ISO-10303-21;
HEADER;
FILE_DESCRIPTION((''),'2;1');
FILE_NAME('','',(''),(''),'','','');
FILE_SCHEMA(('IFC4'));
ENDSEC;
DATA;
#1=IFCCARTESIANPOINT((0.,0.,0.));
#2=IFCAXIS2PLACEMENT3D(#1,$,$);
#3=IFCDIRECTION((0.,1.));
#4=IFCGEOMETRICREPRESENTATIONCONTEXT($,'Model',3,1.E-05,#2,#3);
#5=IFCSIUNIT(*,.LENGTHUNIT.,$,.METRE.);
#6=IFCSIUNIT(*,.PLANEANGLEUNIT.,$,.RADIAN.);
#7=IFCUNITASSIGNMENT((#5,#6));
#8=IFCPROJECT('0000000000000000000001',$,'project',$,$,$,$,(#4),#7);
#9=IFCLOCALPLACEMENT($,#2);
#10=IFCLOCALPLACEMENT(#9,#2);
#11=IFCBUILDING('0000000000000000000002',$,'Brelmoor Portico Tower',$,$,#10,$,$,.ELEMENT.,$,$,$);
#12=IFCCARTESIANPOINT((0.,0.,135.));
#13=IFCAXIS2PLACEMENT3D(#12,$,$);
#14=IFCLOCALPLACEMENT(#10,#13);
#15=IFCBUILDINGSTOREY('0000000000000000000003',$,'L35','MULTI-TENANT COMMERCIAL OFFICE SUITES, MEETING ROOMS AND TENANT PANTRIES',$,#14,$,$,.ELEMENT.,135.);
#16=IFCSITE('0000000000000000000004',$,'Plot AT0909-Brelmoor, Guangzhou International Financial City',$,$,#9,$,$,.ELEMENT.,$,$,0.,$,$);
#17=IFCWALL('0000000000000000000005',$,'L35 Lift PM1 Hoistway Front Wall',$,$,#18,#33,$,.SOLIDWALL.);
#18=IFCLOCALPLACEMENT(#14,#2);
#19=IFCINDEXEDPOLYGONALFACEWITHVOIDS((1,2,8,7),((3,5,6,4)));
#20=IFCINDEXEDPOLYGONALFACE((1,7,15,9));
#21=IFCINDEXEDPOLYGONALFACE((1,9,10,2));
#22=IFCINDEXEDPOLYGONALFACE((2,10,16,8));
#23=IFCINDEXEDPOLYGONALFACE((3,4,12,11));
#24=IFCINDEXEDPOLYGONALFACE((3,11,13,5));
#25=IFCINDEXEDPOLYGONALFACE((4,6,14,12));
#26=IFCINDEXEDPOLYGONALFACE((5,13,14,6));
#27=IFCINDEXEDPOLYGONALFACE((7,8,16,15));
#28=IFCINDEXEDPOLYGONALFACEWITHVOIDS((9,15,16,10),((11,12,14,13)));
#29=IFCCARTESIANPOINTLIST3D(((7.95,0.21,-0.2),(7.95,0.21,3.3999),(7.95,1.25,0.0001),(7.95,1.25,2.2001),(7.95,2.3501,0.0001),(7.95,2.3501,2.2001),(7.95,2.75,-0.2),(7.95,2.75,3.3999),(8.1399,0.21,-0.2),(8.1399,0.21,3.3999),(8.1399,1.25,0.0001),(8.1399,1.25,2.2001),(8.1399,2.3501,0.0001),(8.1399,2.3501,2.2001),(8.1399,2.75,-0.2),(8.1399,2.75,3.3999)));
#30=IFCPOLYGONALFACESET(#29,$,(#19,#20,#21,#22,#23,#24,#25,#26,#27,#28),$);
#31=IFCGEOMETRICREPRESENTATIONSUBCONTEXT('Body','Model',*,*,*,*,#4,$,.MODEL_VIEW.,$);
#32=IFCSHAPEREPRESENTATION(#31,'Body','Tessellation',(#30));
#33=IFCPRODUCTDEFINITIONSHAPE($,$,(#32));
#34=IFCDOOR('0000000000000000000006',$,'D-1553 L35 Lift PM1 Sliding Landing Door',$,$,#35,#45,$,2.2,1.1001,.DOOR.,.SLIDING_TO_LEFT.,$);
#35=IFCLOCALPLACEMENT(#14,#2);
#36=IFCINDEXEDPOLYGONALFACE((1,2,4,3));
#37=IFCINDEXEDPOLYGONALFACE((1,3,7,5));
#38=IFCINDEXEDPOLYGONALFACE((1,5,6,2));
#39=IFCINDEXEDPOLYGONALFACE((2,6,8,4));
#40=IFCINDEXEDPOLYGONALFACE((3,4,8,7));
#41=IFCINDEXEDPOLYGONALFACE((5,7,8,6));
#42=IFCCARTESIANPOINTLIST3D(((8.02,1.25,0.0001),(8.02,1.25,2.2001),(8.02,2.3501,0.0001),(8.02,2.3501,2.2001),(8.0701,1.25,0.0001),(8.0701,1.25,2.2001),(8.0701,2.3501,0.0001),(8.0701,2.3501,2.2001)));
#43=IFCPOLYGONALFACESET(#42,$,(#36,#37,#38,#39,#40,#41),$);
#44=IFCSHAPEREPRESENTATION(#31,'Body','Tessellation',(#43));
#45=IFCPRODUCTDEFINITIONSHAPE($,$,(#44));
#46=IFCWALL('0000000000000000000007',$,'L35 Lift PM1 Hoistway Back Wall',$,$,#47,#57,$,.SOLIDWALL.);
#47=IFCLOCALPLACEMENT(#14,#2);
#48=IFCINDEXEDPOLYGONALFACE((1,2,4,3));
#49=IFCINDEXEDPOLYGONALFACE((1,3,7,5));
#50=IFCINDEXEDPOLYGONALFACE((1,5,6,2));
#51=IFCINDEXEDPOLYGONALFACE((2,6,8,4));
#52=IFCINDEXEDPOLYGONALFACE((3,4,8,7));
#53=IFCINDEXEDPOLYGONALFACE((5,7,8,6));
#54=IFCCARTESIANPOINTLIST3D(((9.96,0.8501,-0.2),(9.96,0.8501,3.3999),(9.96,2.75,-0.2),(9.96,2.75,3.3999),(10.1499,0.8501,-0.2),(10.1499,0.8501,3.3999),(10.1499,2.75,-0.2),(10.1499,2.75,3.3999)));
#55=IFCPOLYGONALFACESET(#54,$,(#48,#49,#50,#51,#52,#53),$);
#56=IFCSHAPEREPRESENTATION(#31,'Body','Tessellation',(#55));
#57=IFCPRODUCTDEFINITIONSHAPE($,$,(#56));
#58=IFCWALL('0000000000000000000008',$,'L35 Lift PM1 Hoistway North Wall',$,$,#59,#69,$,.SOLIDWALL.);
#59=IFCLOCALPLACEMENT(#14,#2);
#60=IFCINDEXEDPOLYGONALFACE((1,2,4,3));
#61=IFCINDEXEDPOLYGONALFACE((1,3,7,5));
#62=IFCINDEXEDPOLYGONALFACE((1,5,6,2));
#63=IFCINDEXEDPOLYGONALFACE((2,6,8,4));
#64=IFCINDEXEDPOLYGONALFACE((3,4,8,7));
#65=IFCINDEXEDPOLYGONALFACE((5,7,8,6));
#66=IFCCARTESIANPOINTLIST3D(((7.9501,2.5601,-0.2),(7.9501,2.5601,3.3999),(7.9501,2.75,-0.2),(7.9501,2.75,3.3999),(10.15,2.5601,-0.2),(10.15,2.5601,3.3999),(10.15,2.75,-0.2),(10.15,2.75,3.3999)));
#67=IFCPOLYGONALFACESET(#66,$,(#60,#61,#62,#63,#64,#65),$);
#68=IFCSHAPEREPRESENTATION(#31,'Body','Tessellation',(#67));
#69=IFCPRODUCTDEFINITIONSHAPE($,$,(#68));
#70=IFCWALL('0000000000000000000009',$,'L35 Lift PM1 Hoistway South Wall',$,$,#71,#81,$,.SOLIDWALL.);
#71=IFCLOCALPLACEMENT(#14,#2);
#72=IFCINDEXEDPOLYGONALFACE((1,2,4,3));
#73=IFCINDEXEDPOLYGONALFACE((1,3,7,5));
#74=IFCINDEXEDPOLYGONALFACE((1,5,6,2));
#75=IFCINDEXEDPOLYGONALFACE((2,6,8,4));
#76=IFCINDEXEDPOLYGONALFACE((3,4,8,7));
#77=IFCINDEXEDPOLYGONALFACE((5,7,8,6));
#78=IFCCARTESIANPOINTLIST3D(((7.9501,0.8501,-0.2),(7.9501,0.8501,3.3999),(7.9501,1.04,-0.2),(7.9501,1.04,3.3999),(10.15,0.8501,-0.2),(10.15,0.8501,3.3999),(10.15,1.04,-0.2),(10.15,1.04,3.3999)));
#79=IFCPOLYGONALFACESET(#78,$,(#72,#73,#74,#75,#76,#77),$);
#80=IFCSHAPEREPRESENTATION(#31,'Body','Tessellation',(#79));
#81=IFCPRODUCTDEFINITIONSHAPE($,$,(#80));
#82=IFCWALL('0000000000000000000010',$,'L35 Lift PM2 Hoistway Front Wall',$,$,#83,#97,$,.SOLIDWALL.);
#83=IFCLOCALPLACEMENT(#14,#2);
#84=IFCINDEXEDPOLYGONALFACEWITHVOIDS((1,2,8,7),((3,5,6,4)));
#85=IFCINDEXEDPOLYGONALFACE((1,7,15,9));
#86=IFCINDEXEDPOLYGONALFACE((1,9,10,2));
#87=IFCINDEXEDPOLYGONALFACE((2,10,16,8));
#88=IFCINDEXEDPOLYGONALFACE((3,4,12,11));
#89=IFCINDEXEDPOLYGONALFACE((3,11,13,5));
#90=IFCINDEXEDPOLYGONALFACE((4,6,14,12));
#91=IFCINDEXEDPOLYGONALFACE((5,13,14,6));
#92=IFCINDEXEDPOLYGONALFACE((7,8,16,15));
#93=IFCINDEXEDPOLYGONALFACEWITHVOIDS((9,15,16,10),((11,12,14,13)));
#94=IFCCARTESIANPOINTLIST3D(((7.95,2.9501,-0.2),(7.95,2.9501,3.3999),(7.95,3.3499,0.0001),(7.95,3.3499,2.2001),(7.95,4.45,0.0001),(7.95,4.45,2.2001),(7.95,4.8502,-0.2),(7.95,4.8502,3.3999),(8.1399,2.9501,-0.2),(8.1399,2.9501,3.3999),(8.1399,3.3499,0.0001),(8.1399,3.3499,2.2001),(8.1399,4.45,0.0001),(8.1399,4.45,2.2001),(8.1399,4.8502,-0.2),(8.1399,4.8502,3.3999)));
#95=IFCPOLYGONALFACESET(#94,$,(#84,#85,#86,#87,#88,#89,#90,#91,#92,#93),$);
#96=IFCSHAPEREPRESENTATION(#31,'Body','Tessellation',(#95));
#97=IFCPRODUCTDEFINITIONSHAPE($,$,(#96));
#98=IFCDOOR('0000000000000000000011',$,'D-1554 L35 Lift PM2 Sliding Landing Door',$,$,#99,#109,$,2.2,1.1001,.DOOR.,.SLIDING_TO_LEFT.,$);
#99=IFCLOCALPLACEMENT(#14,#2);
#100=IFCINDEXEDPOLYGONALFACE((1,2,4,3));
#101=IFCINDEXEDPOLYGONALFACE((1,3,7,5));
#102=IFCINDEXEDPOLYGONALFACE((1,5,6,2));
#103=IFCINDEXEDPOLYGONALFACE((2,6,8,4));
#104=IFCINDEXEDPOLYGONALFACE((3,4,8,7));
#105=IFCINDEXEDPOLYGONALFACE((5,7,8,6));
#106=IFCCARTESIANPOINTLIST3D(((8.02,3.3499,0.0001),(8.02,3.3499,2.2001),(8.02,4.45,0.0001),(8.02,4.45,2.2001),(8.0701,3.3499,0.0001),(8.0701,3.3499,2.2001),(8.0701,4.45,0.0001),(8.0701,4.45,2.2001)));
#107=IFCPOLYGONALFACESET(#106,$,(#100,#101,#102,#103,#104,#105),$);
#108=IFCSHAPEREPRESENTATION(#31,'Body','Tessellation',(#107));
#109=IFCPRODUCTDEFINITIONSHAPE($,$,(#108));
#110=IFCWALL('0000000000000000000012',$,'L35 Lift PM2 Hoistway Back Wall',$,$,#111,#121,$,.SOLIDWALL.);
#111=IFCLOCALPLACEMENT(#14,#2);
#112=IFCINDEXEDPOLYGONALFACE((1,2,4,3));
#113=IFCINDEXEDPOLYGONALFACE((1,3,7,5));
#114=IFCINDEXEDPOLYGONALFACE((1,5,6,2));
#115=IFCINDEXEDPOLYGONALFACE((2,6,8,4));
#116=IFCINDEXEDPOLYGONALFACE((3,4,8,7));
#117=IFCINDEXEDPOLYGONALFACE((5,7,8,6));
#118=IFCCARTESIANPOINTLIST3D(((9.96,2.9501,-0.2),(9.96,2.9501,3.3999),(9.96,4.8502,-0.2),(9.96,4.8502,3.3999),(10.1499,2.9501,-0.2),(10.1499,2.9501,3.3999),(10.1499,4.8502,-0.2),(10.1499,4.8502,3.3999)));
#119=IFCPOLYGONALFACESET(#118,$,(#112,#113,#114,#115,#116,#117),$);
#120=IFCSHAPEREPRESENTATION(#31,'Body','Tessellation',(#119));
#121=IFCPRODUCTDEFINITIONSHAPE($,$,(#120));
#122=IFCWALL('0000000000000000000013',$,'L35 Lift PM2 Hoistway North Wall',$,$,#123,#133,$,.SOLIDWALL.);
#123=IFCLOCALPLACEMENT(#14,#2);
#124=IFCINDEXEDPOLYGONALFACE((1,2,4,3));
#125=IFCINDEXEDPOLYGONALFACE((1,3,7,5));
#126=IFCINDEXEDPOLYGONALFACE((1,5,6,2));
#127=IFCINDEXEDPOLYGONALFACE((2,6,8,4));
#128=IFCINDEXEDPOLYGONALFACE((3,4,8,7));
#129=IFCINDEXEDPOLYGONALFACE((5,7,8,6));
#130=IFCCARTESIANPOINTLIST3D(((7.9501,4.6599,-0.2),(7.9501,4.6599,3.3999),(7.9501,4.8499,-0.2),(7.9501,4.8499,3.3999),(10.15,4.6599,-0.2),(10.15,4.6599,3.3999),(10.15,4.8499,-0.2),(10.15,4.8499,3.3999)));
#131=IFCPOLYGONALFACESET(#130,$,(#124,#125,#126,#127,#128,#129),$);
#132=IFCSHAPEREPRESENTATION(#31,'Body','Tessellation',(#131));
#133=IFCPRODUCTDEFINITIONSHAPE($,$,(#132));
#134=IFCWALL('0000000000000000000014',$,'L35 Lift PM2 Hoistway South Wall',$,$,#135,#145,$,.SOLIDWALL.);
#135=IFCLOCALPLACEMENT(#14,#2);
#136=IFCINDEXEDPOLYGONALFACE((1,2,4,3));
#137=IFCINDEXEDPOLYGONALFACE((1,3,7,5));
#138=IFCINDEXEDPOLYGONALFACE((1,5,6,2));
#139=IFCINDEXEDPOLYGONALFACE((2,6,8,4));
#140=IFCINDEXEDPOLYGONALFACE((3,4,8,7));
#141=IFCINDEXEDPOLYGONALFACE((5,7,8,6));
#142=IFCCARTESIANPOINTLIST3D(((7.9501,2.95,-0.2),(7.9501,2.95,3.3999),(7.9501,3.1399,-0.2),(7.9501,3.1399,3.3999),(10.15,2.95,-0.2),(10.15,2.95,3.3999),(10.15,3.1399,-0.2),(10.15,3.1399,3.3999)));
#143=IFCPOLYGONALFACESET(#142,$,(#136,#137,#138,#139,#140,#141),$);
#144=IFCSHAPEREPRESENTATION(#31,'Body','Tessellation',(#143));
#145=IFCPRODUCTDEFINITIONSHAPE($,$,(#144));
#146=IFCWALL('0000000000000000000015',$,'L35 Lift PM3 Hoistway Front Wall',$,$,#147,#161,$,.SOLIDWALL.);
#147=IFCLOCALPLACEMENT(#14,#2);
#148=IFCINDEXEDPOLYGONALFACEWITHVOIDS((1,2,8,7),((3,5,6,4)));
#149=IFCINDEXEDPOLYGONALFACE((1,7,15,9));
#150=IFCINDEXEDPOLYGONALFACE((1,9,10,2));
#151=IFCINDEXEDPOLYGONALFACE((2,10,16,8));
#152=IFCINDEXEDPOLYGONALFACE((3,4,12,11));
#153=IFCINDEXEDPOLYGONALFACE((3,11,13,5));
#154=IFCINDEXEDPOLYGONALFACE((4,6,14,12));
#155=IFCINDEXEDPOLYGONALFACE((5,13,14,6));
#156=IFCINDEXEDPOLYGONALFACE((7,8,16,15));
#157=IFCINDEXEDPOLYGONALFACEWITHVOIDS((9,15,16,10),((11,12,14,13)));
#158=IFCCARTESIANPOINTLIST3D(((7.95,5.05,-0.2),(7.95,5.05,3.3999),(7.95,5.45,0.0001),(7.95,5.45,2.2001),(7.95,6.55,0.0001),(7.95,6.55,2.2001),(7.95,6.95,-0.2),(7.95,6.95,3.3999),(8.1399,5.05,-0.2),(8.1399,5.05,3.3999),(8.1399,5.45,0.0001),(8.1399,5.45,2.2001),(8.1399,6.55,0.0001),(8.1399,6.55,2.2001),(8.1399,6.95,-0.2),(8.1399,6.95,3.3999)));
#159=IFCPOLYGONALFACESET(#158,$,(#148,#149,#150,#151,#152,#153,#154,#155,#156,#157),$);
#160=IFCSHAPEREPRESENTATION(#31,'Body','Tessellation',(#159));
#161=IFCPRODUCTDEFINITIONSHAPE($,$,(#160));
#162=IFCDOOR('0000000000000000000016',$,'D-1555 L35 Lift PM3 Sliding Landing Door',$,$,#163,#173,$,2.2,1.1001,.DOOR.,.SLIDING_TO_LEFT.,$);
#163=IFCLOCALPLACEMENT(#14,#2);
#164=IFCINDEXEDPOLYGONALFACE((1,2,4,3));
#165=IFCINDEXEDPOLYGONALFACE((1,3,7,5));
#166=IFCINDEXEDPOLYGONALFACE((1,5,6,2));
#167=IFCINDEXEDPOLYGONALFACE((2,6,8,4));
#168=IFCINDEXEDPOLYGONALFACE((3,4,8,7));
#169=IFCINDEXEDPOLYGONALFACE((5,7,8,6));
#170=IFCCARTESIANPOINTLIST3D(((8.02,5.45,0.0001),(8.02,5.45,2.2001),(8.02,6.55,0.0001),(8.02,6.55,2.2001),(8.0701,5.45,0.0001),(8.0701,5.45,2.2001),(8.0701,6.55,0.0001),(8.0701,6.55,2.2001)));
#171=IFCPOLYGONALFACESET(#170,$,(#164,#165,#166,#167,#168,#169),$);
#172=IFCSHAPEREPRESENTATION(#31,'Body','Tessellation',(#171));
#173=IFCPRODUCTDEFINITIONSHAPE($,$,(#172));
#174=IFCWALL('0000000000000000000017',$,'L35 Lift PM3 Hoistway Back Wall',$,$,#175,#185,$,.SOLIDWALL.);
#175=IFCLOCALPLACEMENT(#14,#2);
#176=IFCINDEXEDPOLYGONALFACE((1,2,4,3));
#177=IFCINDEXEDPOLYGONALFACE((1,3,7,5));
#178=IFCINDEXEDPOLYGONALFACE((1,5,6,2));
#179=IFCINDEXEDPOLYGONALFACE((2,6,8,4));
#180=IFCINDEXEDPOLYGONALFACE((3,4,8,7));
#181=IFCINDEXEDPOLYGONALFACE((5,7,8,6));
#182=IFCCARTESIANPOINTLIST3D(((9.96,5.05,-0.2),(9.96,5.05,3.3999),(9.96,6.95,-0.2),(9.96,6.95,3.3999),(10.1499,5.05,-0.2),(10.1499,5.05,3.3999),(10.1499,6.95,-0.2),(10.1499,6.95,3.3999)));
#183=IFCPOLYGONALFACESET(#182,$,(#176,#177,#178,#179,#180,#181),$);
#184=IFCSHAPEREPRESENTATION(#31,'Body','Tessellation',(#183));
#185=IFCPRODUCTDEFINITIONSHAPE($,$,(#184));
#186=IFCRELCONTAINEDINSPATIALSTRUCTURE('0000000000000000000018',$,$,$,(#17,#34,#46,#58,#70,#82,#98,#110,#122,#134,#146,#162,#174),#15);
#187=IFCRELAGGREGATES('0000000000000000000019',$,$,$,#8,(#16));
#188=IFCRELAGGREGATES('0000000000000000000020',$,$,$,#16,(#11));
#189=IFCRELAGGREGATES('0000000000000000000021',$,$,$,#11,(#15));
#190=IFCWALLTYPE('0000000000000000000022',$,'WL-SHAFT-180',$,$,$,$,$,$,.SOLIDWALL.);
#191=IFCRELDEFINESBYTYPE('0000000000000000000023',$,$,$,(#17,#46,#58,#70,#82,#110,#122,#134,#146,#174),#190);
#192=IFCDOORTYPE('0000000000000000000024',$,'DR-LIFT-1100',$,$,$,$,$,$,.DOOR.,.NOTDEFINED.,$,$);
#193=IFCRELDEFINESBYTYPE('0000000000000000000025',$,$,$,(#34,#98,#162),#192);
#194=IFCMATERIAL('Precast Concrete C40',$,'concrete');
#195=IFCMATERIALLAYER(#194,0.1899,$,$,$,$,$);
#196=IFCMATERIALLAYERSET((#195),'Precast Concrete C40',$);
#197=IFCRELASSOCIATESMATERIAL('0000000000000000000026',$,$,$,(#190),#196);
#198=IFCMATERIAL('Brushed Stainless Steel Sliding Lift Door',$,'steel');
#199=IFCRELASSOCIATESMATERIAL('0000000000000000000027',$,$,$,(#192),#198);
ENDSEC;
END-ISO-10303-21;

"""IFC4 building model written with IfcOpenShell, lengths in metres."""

from ifc_helpers import new_model, si_unit, direction, frame, frame_2d, origin, place, context, subcontext, project, spatial, rectangle, extrude, material, layer, layer_set, type_object, element, fill, save


model = new_model("IFC4")

# Units and contexts
model_context = context("Model", 3, precision=1e-05, world=origin(), true_north=direction((0.0, 1.0)))
body_context = subcontext(model_context, "Body", "Model", "MODEL_VIEW")
ifc_project = project(units=[si_unit("LENGTHUNIT", "METRE"), si_unit("PLANEANGLEUNIT", "RADIAN")], contexts=[model_context])

# Site, building, storey
site_placement = place(None, origin())
site = spatial("IfcSite", under=ifc_project, at=site_placement, Name="Plot AT0909-Brelmoor, Guangzhou International Financial City", CompositionType="ELEMENT", RefElevation=0.0)
building_placement = place(site_placement, origin())
building = spatial("IfcBuilding", under=site, at=building_placement, Name="Brelmoor Portico Tower", CompositionType="ELEMENT")
storey_placement = place(building_placement, frame((0.0, 0.0, 135.0)))
storey = spatial("IfcBuildingStorey", under=building, at=storey_placement, Name="L35", Description="MULTI-TENANT COMMERCIAL OFFICE SUITES, MEETING ROOMS AND TENANT PANTRIES", CompositionType="ELEMENT", Elevation=135.0)

# Wall, opening, door
ifc_material_1 = material(Name="Precast Concrete C40", Category="concrete")
ifc_layer_1 = layer(ifc_material_1, 0.1899)
ifc_layer_set_1 = layer_set([ifc_layer_1], Name="Precast Concrete C40")
wall_type_1 = type_object("IfcWallType", Name="WL-SHAFT-180", PredefinedType="SOLIDWALL", material=ifc_layer_set_1)
wall_1_placement = place(storey_placement, frame((8.0449, 0.21, -0.2), z_axis=(0.0, 0.0, 1.0), x_axis=(0.0, 1.0, 0.0)))
wall_1 = element("IfcWall", 1, at=wall_1_placement, inside=storey, type_object=wall_type_1, Name="L35 Lift PM1 Hoistway Front Wall", PredefinedType="SOLIDWALL", context=body_context, shape_type="SweptSolid", body=[
    extrude(rectangle(XDim=2.54, YDim=0.1899, at=frame_2d((1.27, 0.0))), origin(), (0.0, 0.0, 1.0), 3.5999),
])
opening_1_placement = place(wall_1_placement, frame((1.04, 0.0, 0.2)))
opening_1 = element("IfcOpeningElement", 2, at=opening_1_placement, cuts=wall_1, PredefinedType="OPENING", context=body_context, shape_type="SweptSolid", body=[
    extrude(rectangle(XDim=1.1001, YDim=2.2, at=frame_2d((0.55, 1.1001))), frame((0.0, 0.105, 0.0), z_axis=(0.0, -1.0, 0.0), x_axis=(1.0, 0.0, 0.0)), (0.0, 0.0, 1.0), 0.21),
])
ifc_material_2 = material(Name="Brushed Stainless Steel Sliding Lift Door", Category="steel")
door_type_1 = type_object("IfcDoorType", Name="DR-LIFT-1100", OperationType="NOTDEFINED", PredefinedType="DOOR", material=ifc_material_2)
door_1_placement = place(opening_1_placement, origin())
door_1 = element("IfcDoor", 3, at=door_1_placement, inside=storey, type_object=door_type_1, Name="D-1553 L35 Lift PM1 Sliding Landing Door", OperationType="SLIDING_TO_LEFT", OverallHeight=2.2, OverallWidth=1.1001, PredefinedType="DOOR", context=body_context, shape_type="SweptSolid", body=[
    extrude(rectangle(XDim=1.1001, YDim=2.2, at=frame_2d((0.55, 1.1001))), frame((0.0, 0.0249, 0.0), z_axis=(0.0, -1.0, 0.0), x_axis=(1.0, 0.0, 0.0)), (0.0, 0.0, 1.0), 0.05),
])
fill(opening_1, door_1)

# Walls
wall_2_placement = place(storey_placement, frame((10.0549, 0.8501, -0.2), z_axis=(0.0, 0.0, 1.0), x_axis=(0.0, 1.0, 0.0)))
element("IfcWall", 4, at=wall_2_placement, inside=storey, type_object=wall_type_1, Name="L35 Lift PM1 Hoistway Back Wall", PredefinedType="SOLIDWALL", context=body_context, shape_type="SweptSolid", body=[
    extrude(rectangle(XDim=1.8999, YDim=0.1899, at=frame_2d((0.95, 0.0))), origin(), (0.0, 0.0, 1.0), 3.5999),
])
for number, where, z_axis, x_axis, name in (
    (5, (7.95, 2.655, -0.2), (0.0, 0.0, 1.0), (1.0, 0.0, 0.0), "L35 Lift PM1 Hoistway North Wall"),
    (6, (7.95, 0.9451, -0.2), (0.0, 0.0, 1.0), (1.0, 0.0, 0.0), "L35 Lift PM1 Hoistway South Wall"),
):
    element("IfcWall", number, at=place(storey_placement, frame(where, z_axis=z_axis, x_axis=x_axis)), inside=storey, type_object=wall_type_1, Name=name, PredefinedType="SOLIDWALL", context=body_context, shape_type="SweptSolid", body=[
        extrude(rectangle(XDim=2.2, YDim=0.1899, at=frame_2d((1.1001, 0.0))), origin(), (0.0, 0.0, 1.0), 3.5999),
    ])

# Wall, opening, door
wall_3_placement = place(storey_placement, frame((8.0449, 2.95, -0.2), z_axis=(0.0, 0.0, 1.0), x_axis=(0.0, 1.0, 0.0)))
wall_3 = element("IfcWall", 7, at=wall_3_placement, inside=storey, type_object=wall_type_1, Name="L35 Lift PM2 Hoistway Front Wall", PredefinedType="SOLIDWALL", context=body_context, shape_type="SweptSolid", body=[
    extrude(rectangle(XDim=1.9001, YDim=0.1899, at=frame_2d((0.9502, 0.0))), origin(), (0.0, 0.0, 1.0), 3.5999),
])
opening_2_placement = place(wall_3_placement, frame((0.3999, 0.0, 0.2)))
opening_2 = element("IfcOpeningElement", 8, at=opening_2_placement, cuts=wall_3, PredefinedType="OPENING", context=body_context, shape_type="SweptSolid", body=[
    extrude(rectangle(XDim=1.1001, YDim=2.2, at=frame_2d((0.55, 1.1001))), frame((0.0, 0.105, 0.0), z_axis=(0.0, -1.0, 0.0), x_axis=(1.0, 0.0, 0.0)), (0.0, 0.0, 1.0), 0.21),
])
door_2_placement = place(opening_2_placement, origin())
door_2 = element("IfcDoor", 9, at=door_2_placement, inside=storey, type_object=door_type_1, Name="D-1554 L35 Lift PM2 Sliding Landing Door", OperationType="SLIDING_TO_LEFT", OverallHeight=2.2, OverallWidth=1.1001, PredefinedType="DOOR", context=body_context, shape_type="SweptSolid", body=[
    extrude(rectangle(XDim=1.1001, YDim=2.2, at=frame_2d((0.55, 1.1001))), frame((0.0, 0.0249, 0.0), z_axis=(0.0, -1.0, 0.0), x_axis=(1.0, 0.0, 0.0)), (0.0, 0.0, 1.0), 0.05),
])
fill(opening_2, door_2)

# Walls
wall_4_placement = place(storey_placement, frame((10.0549, 2.95, -0.2), z_axis=(0.0, 0.0, 1.0), x_axis=(0.0, 1.0, 0.0)))
element("IfcWall", 10, at=wall_4_placement, inside=storey, type_object=wall_type_1, Name="L35 Lift PM2 Hoistway Back Wall", PredefinedType="SOLIDWALL", context=body_context, shape_type="SweptSolid", body=[
    extrude(rectangle(XDim=1.9001, YDim=0.1899, at=frame_2d((0.9502, 0.0))), origin(), (0.0, 0.0, 1.0), 3.5999),
])
for number, where, z_axis, x_axis, name in (
    (11, (7.95, 4.7549, -0.2), (0.0, 0.0, 1.0), (1.0, 0.0, 0.0), "L35 Lift PM2 Hoistway North Wall"),
    (12, (7.95, 3.0449, -0.2), (0.0, 0.0, 1.0), (1.0, 0.0, 0.0), "L35 Lift PM2 Hoistway South Wall"),
):
    element("IfcWall", number, at=place(storey_placement, frame(where, z_axis=z_axis, x_axis=x_axis)), inside=storey, type_object=wall_type_1, Name=name, PredefinedType="SOLIDWALL", context=body_context, shape_type="SweptSolid", body=[
        extrude(rectangle(XDim=2.2, YDim=0.1899, at=frame_2d((1.1001, 0.0))), origin(), (0.0, 0.0, 1.0), 3.5999),
    ])

# Wall, opening, door
wall_5_placement = place(storey_placement, frame((8.0449, 5.05, -0.2), z_axis=(0.0, 0.0, 1.0), x_axis=(0.0, 1.0, 0.0)))
wall_5 = element("IfcWall", 13, at=wall_5_placement, inside=storey, type_object=wall_type_1, Name="L35 Lift PM3 Hoistway Front Wall", PredefinedType="SOLIDWALL", context=body_context, shape_type="SweptSolid", body=[
    extrude(rectangle(XDim=1.8999, YDim=0.1899, at=frame_2d((0.95, 0.0))), origin(), (0.0, 0.0, 1.0), 3.5999),
])
opening_3_placement = place(wall_5_placement, frame((0.3999, 0.0, 0.2)))
opening_3 = element("IfcOpeningElement", 14, at=opening_3_placement, cuts=wall_5, PredefinedType="OPENING", context=body_context, shape_type="SweptSolid", body=[
    extrude(rectangle(XDim=1.1001, YDim=2.2, at=frame_2d((0.55, 1.1001))), frame((0.0, 0.105, 0.0), z_axis=(0.0, -1.0, 0.0), x_axis=(1.0, 0.0, 0.0)), (0.0, 0.0, 1.0), 0.21),
])
door_3_placement = place(opening_3_placement, origin())
door_3 = element("IfcDoor", 15, at=door_3_placement, inside=storey, type_object=door_type_1, Name="D-1555 L35 Lift PM3 Sliding Landing Door", OperationType="SLIDING_TO_LEFT", OverallHeight=2.2, OverallWidth=1.1001, PredefinedType="DOOR", context=body_context, shape_type="SweptSolid", body=[
    extrude(rectangle(XDim=1.1001, YDim=2.2, at=frame_2d((0.55, 1.1001))), frame((0.0, 0.0249, 0.0), z_axis=(0.0, -1.0, 0.0), x_axis=(1.0, 0.0, 0.0)), (0.0, 0.0, 1.0), 0.05),
])
fill(opening_3, door_3)

# Wall
wall_6_placement = place(storey_placement, frame((10.0549, 5.05, -0.2), z_axis=(0.0, 0.0, 1.0), x_axis=(0.0, 1.0, 0.0)))
element("IfcWall", 16, at=wall_6_placement, inside=storey, type_object=wall_type_1, Name="L35 Lift PM3 Hoistway Back Wall", PredefinedType="SOLIDWALL", context=body_context, shape_type="SweptSolid", body=[
    extrude(rectangle(XDim=1.8999, YDim=0.1899, at=frame_2d((0.95, 0.0))), origin(), (0.0, 0.0, 1.0), 3.5999),
])

save(model, "model.ifc")
